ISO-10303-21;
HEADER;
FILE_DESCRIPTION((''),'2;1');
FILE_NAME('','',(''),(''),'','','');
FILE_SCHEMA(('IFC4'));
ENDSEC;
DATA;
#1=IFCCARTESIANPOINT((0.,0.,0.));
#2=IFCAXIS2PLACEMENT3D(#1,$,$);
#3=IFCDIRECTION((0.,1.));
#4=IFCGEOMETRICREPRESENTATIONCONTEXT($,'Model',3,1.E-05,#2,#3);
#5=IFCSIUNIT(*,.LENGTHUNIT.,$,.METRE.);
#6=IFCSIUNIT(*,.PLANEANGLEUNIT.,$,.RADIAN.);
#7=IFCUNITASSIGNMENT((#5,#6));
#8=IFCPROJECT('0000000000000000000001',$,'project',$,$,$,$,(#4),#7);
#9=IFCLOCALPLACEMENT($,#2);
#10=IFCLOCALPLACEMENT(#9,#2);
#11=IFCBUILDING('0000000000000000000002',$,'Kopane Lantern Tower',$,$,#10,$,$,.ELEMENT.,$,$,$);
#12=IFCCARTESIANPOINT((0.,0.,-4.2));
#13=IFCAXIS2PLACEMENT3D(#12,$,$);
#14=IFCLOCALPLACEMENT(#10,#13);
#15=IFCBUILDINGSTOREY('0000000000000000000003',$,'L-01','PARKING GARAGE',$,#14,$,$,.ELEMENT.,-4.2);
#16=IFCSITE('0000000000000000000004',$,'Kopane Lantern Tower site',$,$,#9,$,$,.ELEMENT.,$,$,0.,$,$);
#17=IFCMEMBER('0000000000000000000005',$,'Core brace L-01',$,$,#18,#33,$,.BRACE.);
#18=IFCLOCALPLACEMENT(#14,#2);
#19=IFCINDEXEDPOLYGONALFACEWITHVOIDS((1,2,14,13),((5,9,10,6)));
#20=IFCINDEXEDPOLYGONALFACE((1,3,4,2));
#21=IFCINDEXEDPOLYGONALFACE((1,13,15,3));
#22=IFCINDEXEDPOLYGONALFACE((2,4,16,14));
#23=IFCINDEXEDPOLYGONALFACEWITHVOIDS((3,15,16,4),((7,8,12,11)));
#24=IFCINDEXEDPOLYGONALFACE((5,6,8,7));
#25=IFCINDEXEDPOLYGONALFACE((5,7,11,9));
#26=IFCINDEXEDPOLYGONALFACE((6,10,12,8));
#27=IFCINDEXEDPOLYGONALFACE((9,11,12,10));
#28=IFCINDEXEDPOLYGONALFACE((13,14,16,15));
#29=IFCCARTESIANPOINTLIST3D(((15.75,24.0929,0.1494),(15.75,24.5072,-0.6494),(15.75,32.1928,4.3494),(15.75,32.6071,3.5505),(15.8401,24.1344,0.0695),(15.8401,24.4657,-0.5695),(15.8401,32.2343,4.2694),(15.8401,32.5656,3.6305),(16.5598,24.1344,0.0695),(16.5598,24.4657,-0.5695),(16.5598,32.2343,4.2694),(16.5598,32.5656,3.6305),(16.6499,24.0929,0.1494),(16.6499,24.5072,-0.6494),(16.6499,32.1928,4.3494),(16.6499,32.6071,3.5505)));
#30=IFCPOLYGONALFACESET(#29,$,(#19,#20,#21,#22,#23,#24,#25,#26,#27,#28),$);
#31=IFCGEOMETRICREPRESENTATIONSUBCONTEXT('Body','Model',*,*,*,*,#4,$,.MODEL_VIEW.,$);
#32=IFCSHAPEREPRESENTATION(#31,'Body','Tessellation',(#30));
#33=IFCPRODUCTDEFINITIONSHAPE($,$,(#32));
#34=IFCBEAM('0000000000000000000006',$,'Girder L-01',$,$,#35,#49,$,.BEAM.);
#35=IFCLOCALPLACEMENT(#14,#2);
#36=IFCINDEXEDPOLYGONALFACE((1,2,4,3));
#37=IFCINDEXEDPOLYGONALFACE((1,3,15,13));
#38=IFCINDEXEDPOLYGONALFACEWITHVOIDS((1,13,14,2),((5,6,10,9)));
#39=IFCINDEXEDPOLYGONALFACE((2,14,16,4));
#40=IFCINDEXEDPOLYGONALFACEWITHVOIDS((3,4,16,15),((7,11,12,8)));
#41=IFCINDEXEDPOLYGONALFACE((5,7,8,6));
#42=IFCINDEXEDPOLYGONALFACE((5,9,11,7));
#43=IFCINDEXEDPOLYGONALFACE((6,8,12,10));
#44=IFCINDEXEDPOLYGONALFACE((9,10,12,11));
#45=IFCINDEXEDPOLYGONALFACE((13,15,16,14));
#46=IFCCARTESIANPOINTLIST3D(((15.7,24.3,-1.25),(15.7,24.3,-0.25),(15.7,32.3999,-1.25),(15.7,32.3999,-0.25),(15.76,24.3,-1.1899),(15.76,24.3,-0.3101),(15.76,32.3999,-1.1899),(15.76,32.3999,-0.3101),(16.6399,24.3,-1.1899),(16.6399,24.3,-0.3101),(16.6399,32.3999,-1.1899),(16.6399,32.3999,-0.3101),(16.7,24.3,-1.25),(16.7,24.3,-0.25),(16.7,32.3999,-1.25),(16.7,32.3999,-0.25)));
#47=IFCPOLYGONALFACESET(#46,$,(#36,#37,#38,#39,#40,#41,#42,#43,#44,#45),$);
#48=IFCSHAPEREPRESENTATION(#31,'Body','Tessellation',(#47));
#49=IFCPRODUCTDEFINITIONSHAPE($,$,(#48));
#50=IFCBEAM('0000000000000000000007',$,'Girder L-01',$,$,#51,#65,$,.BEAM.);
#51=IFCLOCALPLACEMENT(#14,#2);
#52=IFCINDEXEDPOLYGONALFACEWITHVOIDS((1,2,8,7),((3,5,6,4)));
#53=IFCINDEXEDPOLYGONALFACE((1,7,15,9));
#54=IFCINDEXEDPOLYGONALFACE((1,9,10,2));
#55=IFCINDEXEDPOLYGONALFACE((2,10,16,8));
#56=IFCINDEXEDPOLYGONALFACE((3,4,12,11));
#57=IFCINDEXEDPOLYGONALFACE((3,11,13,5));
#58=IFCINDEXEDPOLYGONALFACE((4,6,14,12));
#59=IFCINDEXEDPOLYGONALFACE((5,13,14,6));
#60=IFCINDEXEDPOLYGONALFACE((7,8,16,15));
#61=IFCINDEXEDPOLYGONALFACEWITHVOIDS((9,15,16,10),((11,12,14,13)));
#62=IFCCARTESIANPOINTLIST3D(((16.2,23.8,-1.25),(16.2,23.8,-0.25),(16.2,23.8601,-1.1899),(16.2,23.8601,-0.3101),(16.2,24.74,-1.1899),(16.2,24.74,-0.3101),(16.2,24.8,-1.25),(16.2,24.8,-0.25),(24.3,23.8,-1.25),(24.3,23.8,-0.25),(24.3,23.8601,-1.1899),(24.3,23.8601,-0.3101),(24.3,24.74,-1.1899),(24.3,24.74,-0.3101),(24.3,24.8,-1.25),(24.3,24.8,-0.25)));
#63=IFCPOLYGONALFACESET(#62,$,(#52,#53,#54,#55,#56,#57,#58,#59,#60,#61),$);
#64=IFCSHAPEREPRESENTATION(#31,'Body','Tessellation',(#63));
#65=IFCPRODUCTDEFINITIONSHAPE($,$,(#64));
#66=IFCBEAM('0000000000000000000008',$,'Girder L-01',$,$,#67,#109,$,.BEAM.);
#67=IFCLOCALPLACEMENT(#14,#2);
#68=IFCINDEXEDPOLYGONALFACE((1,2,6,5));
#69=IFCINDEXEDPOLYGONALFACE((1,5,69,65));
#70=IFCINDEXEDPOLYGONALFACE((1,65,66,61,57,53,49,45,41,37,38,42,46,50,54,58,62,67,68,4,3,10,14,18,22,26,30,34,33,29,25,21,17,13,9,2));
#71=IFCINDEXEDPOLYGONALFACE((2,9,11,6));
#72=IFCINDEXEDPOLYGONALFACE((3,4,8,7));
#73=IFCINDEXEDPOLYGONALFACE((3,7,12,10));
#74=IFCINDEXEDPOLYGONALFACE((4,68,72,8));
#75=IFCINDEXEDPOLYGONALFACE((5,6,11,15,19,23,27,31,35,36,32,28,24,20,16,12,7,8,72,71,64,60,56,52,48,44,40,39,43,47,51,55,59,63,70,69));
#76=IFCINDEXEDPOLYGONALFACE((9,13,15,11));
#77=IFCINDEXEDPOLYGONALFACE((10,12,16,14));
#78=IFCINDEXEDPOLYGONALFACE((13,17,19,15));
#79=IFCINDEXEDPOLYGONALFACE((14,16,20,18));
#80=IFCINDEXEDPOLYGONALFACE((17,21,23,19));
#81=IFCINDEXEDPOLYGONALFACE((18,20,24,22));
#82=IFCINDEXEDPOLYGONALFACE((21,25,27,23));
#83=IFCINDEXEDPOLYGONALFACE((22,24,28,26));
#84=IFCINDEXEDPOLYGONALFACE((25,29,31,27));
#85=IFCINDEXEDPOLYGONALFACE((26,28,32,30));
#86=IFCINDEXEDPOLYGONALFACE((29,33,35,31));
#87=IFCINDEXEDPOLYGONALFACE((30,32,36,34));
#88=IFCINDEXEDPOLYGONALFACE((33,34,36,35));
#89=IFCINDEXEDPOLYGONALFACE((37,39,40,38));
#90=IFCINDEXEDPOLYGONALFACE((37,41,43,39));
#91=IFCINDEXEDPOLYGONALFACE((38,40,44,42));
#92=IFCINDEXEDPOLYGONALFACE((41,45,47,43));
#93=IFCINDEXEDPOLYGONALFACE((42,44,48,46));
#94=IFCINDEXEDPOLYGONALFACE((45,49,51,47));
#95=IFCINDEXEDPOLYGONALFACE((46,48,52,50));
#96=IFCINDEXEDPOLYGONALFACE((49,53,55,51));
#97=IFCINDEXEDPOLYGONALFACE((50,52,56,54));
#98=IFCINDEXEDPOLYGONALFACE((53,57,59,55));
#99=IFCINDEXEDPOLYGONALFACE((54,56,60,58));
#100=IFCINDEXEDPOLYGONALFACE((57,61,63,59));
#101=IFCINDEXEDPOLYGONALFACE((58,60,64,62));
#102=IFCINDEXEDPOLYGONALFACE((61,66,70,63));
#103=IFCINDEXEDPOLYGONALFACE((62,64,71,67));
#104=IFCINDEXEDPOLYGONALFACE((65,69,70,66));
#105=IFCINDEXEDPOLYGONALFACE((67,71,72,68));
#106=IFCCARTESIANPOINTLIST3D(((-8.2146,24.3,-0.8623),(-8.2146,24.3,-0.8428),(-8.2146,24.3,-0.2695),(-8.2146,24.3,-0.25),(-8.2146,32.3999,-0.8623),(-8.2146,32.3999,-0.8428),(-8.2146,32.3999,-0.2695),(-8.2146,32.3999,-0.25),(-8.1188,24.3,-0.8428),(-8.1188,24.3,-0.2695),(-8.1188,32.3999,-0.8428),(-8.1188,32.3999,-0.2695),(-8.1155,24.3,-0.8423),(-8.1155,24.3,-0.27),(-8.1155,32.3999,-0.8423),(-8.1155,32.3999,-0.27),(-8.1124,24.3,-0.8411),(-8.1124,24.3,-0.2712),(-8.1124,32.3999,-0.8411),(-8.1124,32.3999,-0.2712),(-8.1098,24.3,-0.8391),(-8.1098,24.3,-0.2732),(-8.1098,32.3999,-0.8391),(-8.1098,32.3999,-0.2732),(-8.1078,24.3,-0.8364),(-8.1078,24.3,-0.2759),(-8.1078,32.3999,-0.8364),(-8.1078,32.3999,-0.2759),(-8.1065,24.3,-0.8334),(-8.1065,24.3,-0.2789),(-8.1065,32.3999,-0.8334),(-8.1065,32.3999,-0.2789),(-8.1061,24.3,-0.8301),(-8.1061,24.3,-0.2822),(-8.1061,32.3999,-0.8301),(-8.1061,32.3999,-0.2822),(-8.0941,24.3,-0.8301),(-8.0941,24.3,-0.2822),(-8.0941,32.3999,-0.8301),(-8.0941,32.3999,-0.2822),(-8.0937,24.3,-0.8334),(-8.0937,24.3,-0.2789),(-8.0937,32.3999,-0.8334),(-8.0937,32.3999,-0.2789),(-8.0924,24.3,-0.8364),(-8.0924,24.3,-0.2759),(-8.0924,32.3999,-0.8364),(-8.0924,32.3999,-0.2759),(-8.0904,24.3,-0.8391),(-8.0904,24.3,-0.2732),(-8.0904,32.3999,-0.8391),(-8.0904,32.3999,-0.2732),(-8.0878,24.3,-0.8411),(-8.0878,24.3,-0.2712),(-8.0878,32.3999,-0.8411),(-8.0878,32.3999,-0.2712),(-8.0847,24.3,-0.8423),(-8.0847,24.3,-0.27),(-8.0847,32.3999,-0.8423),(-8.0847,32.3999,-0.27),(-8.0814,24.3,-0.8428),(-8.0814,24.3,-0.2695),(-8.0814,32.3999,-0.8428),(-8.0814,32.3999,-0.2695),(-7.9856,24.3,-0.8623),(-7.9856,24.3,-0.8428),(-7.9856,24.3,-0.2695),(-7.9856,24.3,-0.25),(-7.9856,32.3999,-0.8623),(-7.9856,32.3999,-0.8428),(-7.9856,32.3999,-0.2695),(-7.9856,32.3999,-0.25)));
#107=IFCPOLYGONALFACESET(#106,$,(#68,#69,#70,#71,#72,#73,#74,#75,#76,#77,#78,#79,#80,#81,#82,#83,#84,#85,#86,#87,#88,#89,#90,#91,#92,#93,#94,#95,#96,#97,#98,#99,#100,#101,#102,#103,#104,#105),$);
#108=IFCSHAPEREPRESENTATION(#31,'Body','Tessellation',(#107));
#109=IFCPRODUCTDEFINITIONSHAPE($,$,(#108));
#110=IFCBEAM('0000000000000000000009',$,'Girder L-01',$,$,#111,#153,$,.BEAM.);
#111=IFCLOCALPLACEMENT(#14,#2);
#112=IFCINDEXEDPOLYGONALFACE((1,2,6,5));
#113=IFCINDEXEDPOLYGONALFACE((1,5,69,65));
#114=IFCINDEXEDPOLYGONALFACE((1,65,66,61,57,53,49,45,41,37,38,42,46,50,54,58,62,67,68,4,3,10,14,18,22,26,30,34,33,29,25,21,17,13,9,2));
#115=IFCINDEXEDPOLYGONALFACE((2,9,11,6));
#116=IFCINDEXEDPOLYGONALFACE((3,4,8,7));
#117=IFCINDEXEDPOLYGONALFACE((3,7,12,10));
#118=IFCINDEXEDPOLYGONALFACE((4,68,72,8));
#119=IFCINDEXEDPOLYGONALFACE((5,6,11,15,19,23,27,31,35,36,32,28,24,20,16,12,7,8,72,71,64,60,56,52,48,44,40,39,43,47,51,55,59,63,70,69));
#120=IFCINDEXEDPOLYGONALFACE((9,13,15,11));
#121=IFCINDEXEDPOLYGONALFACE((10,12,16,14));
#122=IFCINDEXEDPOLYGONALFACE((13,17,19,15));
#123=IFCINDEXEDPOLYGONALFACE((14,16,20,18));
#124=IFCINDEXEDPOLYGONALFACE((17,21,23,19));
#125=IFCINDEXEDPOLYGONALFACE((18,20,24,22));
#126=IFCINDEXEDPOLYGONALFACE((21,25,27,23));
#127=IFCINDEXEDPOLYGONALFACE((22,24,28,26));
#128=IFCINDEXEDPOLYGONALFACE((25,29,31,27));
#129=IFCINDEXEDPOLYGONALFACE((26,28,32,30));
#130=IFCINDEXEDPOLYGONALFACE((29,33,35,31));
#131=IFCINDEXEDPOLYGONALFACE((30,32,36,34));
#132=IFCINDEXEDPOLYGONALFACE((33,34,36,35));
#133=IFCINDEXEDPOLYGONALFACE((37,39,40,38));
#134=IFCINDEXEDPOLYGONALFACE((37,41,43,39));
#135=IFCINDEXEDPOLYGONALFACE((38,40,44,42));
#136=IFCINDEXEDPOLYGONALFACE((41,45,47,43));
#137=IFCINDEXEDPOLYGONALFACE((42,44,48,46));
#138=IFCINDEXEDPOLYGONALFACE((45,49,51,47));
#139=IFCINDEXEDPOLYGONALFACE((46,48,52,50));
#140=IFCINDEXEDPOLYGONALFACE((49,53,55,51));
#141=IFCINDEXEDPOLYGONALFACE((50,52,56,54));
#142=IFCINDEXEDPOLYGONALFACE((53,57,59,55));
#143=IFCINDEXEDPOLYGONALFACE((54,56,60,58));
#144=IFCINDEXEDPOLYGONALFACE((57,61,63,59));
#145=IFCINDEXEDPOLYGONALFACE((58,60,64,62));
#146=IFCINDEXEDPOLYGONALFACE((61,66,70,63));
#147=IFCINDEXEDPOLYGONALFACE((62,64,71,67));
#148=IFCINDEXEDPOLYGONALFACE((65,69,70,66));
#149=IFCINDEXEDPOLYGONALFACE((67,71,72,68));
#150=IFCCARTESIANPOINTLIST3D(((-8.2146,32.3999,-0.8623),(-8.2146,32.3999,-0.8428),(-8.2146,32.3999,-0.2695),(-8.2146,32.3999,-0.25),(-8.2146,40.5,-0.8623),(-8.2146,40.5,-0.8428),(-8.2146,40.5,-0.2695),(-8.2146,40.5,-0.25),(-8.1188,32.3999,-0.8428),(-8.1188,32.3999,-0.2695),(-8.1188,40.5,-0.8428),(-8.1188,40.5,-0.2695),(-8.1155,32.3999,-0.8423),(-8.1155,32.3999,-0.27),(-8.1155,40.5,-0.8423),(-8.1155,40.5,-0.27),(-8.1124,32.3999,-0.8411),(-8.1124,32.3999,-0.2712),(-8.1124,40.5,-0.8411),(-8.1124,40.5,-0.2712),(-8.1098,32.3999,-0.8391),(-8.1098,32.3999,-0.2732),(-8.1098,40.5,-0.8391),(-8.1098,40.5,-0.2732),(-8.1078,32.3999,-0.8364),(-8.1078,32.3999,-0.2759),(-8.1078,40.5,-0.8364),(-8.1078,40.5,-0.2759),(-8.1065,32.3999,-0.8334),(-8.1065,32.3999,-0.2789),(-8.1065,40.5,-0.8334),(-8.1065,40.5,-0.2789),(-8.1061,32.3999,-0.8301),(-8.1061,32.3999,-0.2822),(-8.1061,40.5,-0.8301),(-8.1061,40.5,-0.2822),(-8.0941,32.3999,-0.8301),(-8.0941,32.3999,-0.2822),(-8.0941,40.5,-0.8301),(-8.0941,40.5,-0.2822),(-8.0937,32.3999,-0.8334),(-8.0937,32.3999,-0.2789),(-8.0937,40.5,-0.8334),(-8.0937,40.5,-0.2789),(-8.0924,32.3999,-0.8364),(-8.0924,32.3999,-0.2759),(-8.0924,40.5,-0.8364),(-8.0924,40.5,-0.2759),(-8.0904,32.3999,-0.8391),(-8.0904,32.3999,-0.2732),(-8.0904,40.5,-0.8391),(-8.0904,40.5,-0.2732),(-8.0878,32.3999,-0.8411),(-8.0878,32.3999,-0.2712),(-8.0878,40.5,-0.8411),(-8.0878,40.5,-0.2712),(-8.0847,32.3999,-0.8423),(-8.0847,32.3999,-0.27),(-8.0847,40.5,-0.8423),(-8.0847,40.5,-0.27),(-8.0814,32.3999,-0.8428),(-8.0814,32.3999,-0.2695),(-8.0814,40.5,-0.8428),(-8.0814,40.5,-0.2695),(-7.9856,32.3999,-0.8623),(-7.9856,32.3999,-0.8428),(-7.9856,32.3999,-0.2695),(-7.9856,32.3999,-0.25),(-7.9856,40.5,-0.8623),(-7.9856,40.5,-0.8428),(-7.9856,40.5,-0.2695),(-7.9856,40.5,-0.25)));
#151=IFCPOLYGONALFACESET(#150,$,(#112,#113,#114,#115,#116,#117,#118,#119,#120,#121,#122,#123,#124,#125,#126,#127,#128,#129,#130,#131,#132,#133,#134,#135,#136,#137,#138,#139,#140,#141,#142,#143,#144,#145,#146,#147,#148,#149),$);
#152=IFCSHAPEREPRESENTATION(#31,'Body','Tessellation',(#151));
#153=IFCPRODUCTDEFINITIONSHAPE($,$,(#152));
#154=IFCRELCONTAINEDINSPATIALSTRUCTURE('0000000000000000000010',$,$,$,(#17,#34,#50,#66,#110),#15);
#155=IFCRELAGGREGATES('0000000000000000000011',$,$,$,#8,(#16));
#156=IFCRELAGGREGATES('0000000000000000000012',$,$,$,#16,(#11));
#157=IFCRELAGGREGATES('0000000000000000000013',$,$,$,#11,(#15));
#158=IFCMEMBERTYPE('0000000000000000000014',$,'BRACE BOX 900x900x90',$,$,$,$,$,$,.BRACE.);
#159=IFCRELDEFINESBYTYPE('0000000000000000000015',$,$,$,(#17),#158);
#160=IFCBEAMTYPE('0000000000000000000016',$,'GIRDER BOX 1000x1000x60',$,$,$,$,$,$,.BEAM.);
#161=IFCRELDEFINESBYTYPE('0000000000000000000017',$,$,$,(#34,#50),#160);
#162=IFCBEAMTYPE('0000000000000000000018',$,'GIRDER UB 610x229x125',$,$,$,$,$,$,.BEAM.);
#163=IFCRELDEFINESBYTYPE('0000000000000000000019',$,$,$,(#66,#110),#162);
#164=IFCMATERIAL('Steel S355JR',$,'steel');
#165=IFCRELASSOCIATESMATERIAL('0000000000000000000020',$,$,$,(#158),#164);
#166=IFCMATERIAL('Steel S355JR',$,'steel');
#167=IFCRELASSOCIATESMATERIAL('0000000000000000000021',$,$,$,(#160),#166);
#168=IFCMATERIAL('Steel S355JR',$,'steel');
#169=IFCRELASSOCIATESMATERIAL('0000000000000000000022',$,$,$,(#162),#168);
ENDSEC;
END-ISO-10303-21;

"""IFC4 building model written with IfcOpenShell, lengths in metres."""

from ifc_helpers import new_model, si_unit, direction, frame, origin, origin_2d, place, context, subcontext, project, spatial, hollow_rectangle, i_section, extrude, material, material_profile, profile_set, type_object, element, save


model = new_model("IFC4")

# Units and contexts
model_context = context("Model", 3, precision=1e-05, world=origin(), true_north=direction((0.0, 1.0)))
body_context = subcontext(model_context, "Body", "Model", "MODEL_VIEW")
ifc_project = project(units=[si_unit("LENGTHUNIT", "METRE"), si_unit("PLANEANGLEUNIT", "RADIAN")], contexts=[model_context])

# Site, building, storey
site_placement = place(None, origin())
site = spatial("IfcSite", under=ifc_project, at=site_placement, Name="Kopane Lantern Tower site", CompositionType="ELEMENT", RefElevation=0.0)
building_placement = place(site_placement, origin())
building = spatial("IfcBuilding", under=site, at=building_placement, Name="Kopane Lantern Tower", CompositionType="ELEMENT")
storey_placement = place(building_placement, frame((0.0, 0.0, -4.2)))
storey = spatial("IfcBuildingStorey", under=building, at=storey_placement, Name="L-01", Description="PARKING GARAGE", CompositionType="ELEMENT", Elevation=-4.2)

# Member
ifc_material_1 = material(Name="Steel S355JR", Category="steel")
ifc_material_profile_1 = material_profile(ifc_material_1, hollow_rectangle(XDim=0.8999, YDim=0.8999, WallThickness=0.0901, at=origin_2d()), Name="BOX 900x900x90")
ifc_profile_set_1 = profile_set([ifc_material_profile_1], Name="Steel S355JR")
member_type_1 = type_object("IfcMemberType", Name="BRACE BOX 900x900x90", PredefinedType="BRACE", material=ifc_profile_set_1)
member_1_placement = place(storey_placement, frame((16.2, 24.3, -0.25), z_axis=(0.0, 0.887753, 0.46032), x_axis=(-1.0, 0.0, 0.0)))
element("IfcMember", 1, at=member_1_placement, inside=storey, type_object=member_type_1, Name="Core brace L-01", PredefinedType="BRACE", context=body_context, shape_type="SweptSolid", body=[
    extrude(hollow_rectangle(XDim=0.8999, YDim=0.8999, WallThickness=0.0901, at=origin_2d()), origin(), (0.0, 0.0, 1.0), 9.124),
])

# Beams
ifc_material_2 = material(Name="Steel S355JR", Category="steel")
ifc_material_profile_2 = material_profile(ifc_material_2, hollow_rectangle(XDim=1.0, YDim=1.0, WallThickness=0.0601, at=origin_2d()), Name="BOX 1000x1000x60")
ifc_profile_set_2 = profile_set([ifc_material_profile_2], Name="Steel S355JR")
beam_type_1 = type_object("IfcBeamType", Name="GIRDER BOX 1000x1000x60", PredefinedType="BEAM", material=ifc_profile_set_2)
beam_1_placement = place(storey_placement, frame((16.2, 24.3, -0.75), z_axis=(0.0, 1.0, 0.0), x_axis=(-1.0, 0.0, 0.0)))
element("IfcBeam", 2, at=beam_1_placement, inside=storey, type_object=beam_type_1, Name="Girder L-01", PredefinedType="BEAM", context=body_context, shape_type="SweptSolid", body=[
    extrude(hollow_rectangle(XDim=1.0, YDim=1.0, WallThickness=0.0601, at=origin_2d()), origin(), (0.0, 0.0, 1.0), 8.0999),
])
beam_2_placement = place(storey_placement, frame((16.2, 24.3, -0.75), z_axis=(1.0, 0.0, 0.0), x_axis=(0.0, 1.0, 0.0)))
element("IfcBeam", 3, at=beam_2_placement, inside=storey, type_object=beam_type_1, Name="Girder L-01", PredefinedType="BEAM", context=body_context, shape_type="SweptSolid", body=[
    extrude(hollow_rectangle(XDim=1.0, YDim=1.0, WallThickness=0.0601, at=origin_2d()), origin(), (0.0, 0.0, 1.0), 8.1001),
])
ifc_material_3 = material(Name="Steel S355JR", Category="steel")
ifc_material_profile_3 = material_profile(ifc_material_3, i_section(OverallWidth=0.229, OverallDepth=0.6123, WebThickness=0.012, FlangeThickness=0.0195, FilletRadius=0.0127, at=origin_2d()), Name="UB 610x229x125")
ifc_profile_set_3 = profile_set([ifc_material_profile_3], Name="Steel S355JR")
beam_type_2 = type_object("IfcBeamType", Name="GIRDER UB 610x229x125", PredefinedType="BEAM", material=ifc_profile_set_3)
beam_3_placement = place(storey_placement, frame((-8.1001, 24.3, -0.5562), z_axis=(0.0, 1.0, 0.0), x_axis=(-1.0, 0.0, 0.0)))
element("IfcBeam", 4, at=beam_3_placement, inside=storey, type_object=beam_type_2, Name="Girder L-01", PredefinedType="BEAM", context=body_context, shape_type="SweptSolid", body=[
    extrude(i_section(OverallWidth=0.229, OverallDepth=0.6123, WebThickness=0.012, FlangeThickness=0.0195, FilletRadius=0.0127, at=origin_2d()), origin(), (0.0, 0.0, 1.0), 8.0999),
])
beam_4_placement = place(storey_placement, frame((-8.1001, 32.3999, -0.5562), z_axis=(0.0, 1.0, 0.0), x_axis=(-1.0, 0.0, 0.0)))
element("IfcBeam", 5, at=beam_4_placement, inside=storey, type_object=beam_type_2, Name="Girder L-01", PredefinedType="BEAM", context=body_context, shape_type="SweptSolid", body=[
    extrude(i_section(OverallWidth=0.229, OverallDepth=0.6123, WebThickness=0.012, FlangeThickness=0.0195, FilletRadius=0.0127, at=origin_2d()), origin(), (0.0, 0.0, 1.0), 8.1001),
])

save(model, "model.ifc")
